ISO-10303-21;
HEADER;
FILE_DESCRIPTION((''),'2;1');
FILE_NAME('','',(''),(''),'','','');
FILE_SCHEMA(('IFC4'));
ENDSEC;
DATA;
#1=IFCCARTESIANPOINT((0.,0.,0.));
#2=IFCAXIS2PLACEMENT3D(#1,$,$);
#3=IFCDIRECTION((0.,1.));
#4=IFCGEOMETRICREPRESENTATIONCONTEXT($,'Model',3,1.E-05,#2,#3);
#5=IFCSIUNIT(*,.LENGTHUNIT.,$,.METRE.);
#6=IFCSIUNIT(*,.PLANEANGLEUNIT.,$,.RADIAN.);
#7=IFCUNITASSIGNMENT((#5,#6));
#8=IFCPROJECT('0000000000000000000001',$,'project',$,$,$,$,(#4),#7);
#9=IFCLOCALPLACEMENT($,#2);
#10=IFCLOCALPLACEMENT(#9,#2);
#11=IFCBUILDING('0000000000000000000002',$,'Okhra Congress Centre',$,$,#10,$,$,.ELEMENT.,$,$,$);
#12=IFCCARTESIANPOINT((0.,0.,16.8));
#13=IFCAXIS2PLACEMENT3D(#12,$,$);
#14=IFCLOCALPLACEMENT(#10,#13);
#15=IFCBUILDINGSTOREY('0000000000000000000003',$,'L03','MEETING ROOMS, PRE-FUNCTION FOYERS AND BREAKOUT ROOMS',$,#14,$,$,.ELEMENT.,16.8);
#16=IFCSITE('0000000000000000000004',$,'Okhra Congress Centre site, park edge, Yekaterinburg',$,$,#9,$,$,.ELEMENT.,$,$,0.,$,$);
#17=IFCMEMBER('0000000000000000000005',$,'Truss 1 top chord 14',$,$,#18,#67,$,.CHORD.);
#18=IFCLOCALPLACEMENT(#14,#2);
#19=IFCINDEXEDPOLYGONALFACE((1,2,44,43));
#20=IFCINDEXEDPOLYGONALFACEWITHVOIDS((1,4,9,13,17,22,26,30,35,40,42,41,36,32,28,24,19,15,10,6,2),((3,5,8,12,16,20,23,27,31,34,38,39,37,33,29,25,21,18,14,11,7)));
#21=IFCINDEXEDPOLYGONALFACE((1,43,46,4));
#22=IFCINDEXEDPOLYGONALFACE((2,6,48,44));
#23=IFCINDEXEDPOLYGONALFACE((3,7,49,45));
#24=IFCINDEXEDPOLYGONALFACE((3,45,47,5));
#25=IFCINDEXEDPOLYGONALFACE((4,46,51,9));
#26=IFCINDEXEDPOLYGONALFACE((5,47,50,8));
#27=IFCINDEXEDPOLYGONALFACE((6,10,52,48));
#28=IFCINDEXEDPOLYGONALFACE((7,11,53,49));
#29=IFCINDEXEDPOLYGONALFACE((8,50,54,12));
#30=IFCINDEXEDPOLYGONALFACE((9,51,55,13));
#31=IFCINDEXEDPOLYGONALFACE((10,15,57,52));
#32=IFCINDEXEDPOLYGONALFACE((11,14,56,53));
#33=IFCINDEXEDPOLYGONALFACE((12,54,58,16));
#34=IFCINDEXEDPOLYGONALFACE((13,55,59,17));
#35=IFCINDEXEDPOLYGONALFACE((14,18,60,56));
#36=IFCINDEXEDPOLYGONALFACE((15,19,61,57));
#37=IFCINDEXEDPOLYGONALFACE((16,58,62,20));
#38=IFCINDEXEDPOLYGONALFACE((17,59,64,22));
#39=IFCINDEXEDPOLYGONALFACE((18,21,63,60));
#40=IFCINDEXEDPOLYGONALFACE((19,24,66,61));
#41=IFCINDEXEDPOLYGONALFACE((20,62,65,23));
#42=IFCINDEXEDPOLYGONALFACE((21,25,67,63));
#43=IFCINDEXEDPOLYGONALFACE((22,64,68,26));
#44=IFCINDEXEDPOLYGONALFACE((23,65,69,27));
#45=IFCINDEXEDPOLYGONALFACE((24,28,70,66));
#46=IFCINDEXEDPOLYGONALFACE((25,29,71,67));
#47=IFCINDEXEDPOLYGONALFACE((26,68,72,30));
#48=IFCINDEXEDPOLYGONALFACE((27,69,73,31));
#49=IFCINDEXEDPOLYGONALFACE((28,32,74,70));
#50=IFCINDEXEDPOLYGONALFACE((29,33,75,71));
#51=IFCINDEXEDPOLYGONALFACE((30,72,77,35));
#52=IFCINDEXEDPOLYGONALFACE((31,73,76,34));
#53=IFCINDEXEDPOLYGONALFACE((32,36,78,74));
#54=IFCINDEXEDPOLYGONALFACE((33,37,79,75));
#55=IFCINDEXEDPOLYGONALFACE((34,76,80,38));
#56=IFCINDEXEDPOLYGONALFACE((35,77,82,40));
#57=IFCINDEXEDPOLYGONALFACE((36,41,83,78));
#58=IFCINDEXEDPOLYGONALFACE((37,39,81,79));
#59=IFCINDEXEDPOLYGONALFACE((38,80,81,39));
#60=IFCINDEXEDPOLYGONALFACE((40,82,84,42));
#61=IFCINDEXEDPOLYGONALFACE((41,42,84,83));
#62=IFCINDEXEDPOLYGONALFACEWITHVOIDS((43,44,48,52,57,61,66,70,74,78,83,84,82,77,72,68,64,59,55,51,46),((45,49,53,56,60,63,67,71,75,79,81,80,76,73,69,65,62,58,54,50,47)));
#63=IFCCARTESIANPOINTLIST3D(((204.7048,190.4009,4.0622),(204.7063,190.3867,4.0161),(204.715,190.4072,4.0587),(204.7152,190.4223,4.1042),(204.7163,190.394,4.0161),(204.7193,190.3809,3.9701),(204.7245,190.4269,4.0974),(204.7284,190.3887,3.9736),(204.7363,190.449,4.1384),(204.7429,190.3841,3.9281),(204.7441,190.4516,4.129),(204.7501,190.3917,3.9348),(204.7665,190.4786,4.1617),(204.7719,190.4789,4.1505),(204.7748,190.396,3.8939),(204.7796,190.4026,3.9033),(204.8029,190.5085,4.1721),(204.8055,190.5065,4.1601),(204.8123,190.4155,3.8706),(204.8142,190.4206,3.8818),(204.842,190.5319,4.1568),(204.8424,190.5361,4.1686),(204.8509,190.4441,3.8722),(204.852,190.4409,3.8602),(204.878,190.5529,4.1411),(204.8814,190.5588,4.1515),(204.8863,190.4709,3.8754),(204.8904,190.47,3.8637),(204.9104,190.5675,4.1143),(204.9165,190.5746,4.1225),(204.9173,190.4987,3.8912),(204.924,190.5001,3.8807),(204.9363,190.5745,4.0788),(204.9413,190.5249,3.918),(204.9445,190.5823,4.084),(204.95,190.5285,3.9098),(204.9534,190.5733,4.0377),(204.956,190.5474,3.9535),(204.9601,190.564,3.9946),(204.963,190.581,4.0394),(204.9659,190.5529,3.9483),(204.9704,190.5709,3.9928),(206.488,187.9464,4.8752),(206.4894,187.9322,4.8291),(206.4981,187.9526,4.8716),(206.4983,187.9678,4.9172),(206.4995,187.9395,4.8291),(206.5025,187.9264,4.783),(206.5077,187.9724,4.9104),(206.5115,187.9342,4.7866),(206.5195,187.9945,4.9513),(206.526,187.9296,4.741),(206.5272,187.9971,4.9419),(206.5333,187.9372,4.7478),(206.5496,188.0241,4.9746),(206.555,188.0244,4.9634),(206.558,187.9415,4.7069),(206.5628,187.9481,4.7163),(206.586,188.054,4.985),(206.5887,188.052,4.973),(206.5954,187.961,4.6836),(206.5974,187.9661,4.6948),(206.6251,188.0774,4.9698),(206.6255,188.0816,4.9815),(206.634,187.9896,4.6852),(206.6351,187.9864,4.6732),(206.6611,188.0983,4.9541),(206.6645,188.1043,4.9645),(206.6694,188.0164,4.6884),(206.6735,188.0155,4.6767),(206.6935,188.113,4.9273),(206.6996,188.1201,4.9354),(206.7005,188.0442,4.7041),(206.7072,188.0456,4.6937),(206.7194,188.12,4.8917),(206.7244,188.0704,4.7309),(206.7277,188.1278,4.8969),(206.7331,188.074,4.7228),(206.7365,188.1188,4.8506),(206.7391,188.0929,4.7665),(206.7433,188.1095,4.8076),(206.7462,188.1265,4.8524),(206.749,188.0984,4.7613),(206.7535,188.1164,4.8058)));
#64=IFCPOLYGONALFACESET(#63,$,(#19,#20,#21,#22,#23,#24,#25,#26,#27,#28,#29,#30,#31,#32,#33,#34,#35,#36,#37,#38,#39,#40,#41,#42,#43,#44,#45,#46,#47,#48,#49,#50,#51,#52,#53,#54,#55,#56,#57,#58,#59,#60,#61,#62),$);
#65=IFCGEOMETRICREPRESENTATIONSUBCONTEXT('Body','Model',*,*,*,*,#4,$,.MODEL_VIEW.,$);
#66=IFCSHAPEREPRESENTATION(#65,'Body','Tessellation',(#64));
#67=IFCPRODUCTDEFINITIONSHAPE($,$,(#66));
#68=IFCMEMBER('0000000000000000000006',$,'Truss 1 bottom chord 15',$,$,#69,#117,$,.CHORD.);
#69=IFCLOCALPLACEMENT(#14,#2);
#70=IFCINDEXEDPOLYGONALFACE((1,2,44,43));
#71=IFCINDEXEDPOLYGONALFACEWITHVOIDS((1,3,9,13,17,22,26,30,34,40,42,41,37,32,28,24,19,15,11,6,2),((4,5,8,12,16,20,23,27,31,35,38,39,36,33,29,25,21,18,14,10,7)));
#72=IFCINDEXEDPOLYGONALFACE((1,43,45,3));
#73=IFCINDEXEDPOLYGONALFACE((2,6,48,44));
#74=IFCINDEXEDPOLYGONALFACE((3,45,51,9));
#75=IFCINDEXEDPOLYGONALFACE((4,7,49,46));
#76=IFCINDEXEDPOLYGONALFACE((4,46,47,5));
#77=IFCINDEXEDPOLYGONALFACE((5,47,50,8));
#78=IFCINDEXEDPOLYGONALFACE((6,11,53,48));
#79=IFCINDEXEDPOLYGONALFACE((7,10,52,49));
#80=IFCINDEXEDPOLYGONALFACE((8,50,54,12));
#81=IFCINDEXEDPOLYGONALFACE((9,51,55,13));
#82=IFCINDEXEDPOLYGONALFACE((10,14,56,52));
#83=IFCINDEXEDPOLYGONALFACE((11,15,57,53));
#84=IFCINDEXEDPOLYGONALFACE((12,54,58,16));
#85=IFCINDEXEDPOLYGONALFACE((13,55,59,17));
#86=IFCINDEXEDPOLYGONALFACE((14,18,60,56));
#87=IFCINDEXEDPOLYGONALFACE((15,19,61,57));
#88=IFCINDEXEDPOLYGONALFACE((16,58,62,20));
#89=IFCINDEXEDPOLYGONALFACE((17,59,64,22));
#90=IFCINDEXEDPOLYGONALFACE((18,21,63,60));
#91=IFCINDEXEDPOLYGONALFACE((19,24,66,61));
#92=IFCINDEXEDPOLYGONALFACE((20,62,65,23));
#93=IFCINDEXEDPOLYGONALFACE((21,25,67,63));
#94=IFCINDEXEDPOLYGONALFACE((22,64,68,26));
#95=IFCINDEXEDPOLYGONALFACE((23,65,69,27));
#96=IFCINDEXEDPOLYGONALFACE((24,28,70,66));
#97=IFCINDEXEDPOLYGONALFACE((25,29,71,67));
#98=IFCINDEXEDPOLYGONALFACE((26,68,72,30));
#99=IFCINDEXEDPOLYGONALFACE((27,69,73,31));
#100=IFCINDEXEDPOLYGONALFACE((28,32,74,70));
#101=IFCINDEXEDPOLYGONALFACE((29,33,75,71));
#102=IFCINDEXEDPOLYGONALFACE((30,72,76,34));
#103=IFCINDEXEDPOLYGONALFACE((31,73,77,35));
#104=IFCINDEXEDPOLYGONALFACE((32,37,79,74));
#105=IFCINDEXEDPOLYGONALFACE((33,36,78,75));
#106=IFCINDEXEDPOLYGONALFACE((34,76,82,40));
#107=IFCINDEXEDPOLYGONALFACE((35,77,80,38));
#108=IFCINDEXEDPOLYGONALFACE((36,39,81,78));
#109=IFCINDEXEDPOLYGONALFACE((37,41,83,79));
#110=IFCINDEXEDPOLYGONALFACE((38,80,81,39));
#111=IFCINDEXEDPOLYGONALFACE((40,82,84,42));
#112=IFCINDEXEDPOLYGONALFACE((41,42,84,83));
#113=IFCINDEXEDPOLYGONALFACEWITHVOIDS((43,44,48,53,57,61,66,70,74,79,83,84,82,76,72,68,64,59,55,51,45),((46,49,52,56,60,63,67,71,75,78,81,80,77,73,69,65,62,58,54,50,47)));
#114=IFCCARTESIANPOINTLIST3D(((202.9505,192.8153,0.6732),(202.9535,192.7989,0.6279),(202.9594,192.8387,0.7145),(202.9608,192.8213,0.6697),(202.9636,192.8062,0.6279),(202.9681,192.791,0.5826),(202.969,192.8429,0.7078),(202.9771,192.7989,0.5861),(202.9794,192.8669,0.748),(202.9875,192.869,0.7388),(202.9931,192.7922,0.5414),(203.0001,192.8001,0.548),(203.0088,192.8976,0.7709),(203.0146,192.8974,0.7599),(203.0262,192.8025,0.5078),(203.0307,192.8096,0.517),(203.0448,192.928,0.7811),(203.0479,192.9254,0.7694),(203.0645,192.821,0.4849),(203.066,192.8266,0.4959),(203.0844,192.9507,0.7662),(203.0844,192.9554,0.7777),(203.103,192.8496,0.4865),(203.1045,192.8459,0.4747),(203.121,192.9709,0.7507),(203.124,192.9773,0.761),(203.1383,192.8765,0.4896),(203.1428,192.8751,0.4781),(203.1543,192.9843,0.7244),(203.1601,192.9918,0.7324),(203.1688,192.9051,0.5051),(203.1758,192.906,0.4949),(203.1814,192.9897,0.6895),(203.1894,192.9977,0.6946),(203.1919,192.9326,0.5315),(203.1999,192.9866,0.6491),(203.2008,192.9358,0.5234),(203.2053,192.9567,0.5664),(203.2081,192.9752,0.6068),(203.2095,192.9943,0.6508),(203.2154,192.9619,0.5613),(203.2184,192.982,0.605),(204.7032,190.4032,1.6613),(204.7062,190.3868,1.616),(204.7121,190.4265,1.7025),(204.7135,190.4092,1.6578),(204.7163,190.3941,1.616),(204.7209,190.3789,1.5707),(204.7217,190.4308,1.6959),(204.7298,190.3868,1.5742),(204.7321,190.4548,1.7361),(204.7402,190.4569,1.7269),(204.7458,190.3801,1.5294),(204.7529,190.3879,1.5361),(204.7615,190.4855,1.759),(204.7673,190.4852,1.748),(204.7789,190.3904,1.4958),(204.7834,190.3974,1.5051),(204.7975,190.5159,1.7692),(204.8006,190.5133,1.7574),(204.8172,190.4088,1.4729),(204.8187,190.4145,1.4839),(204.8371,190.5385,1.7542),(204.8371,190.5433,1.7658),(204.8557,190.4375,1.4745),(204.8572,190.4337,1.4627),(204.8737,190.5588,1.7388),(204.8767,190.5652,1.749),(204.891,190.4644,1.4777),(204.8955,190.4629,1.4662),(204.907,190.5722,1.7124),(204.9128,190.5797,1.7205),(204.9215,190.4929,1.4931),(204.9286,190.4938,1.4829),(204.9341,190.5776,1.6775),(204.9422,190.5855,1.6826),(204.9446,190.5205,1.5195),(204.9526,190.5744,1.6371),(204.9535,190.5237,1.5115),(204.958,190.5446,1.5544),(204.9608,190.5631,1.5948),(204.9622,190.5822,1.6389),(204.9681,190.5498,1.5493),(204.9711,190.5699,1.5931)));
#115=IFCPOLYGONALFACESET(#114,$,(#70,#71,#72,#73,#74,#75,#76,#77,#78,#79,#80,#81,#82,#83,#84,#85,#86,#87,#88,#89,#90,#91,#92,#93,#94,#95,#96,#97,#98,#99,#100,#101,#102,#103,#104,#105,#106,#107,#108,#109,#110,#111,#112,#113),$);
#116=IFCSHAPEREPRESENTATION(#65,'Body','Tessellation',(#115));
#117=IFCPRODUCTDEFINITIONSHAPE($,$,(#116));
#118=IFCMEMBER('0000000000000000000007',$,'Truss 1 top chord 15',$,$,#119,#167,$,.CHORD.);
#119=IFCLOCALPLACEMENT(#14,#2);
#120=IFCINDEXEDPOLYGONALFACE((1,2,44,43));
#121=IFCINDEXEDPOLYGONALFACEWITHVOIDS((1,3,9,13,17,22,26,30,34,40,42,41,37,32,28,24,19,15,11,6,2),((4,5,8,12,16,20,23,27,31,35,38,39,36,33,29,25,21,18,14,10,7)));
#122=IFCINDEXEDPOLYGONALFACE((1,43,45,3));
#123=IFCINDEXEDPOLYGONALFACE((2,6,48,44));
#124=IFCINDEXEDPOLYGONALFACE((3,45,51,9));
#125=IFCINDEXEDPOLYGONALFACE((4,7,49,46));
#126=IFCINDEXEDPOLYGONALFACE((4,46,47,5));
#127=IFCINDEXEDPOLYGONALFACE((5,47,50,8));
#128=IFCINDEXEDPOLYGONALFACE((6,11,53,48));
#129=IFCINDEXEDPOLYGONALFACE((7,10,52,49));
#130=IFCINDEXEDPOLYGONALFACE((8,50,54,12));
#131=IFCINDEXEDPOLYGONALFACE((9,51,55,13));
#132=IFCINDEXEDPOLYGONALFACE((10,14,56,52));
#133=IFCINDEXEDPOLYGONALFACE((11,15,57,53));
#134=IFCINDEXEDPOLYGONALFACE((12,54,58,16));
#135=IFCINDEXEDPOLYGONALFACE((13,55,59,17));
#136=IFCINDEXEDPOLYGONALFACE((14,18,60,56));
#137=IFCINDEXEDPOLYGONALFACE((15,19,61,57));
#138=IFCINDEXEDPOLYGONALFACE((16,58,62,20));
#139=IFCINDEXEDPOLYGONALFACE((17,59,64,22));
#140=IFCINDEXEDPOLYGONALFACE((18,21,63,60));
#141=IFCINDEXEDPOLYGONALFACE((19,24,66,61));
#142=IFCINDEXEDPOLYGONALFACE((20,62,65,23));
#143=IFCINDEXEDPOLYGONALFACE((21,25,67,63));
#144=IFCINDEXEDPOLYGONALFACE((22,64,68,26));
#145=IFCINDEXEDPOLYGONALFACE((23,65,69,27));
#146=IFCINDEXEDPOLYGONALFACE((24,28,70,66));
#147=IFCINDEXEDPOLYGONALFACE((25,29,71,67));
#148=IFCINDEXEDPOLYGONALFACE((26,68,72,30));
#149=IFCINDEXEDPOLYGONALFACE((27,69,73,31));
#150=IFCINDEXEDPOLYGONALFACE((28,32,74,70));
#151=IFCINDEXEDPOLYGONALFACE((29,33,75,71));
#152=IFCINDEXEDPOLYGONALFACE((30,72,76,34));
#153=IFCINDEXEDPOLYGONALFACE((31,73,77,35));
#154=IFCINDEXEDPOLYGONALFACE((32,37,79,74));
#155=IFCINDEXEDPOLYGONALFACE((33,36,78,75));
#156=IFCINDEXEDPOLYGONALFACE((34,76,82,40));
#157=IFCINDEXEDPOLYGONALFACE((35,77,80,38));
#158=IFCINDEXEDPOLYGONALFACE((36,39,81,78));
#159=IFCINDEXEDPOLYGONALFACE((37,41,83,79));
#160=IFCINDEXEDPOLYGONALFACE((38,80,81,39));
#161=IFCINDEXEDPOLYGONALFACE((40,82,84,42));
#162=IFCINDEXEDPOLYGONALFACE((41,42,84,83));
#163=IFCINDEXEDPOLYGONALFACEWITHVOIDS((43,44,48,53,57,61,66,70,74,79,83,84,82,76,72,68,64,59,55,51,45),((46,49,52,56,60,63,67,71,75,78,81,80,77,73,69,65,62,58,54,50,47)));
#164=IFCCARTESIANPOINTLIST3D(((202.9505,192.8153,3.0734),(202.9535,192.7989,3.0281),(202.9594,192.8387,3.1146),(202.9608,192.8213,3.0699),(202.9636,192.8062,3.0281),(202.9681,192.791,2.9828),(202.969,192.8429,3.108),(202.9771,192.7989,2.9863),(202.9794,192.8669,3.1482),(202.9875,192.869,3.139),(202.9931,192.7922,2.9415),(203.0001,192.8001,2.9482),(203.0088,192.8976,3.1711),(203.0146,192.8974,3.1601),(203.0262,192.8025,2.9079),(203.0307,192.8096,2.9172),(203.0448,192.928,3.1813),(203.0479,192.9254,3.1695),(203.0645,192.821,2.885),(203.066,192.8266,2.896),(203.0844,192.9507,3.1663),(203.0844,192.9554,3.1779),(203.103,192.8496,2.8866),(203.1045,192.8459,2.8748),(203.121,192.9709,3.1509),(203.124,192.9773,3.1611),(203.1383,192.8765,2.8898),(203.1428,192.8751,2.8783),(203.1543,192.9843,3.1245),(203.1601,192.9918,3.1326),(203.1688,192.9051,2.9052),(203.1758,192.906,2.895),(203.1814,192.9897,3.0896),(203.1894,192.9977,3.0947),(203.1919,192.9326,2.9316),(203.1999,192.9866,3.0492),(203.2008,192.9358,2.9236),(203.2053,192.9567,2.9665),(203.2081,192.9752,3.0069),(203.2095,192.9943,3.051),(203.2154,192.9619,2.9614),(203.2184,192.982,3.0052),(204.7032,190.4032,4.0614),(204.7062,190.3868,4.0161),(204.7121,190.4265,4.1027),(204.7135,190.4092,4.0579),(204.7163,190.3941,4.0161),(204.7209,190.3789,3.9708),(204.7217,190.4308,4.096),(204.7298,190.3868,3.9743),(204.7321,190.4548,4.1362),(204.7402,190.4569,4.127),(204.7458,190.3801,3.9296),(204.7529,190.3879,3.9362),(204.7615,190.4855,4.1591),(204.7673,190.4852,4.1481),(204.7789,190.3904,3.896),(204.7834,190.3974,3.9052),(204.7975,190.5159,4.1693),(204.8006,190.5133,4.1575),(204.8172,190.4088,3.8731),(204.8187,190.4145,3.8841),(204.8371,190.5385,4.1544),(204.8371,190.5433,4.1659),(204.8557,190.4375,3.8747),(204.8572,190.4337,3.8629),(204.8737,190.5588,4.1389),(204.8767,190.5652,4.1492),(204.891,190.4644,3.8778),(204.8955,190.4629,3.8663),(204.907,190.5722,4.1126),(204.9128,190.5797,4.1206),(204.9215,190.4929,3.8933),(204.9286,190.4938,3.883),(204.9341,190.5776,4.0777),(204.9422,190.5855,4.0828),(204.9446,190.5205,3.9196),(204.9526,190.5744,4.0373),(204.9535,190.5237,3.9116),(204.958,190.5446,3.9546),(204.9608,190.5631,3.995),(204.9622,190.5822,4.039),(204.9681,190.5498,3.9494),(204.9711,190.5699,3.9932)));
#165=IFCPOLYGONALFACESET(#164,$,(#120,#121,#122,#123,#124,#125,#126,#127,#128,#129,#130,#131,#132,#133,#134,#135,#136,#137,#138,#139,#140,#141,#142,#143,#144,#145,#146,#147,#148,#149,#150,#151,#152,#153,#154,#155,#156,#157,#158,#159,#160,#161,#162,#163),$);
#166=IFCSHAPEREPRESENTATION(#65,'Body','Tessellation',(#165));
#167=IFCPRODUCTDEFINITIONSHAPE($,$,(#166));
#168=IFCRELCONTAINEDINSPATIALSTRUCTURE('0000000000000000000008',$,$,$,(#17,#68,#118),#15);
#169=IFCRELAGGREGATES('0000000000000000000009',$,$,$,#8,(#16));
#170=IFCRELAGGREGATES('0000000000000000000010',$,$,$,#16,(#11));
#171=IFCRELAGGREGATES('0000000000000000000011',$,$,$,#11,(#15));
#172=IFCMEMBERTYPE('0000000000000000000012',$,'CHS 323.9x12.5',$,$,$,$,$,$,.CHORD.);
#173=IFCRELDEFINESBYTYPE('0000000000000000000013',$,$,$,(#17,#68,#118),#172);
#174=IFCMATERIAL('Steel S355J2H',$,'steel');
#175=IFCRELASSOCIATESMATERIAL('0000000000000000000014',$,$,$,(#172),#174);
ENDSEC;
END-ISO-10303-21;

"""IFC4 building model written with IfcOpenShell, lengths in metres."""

from ifc_helpers import new_model, si_unit, direction, frame, origin, origin_2d, place, context, subcontext, project, spatial, hollow_circle, extrude, material, material_profile, profile_set, type_object, element, save


model = new_model("IFC4")

# Units and contexts
model_context = context("Model", 3, precision=1e-05, world=origin(), true_north=direction((0.0, 1.0)))
body_context = subcontext(model_context, "Body", "Model", "MODEL_VIEW")
ifc_project = project(units=[si_unit("LENGTHUNIT", "METRE"), si_unit("PLANEANGLEUNIT", "RADIAN")], contexts=[model_context])

# Site, building, storey
site_placement = place(None, origin())
site = spatial("IfcSite", under=ifc_project, at=site_placement, Name="Okhra Congress Centre site, park edge, Yekaterinburg", CompositionType="ELEMENT", RefElevation=0.0)
building_placement = place(site_placement, origin())
building = spatial("IfcBuilding", under=site, at=building_placement, Name="Okhra Congress Centre", CompositionType="ELEMENT")
storey_placement = place(building_placement, frame((0.0, 0.0, 16.8)))
storey = spatial("IfcBuildingStorey", under=building, at=storey_placement, Name="L03", Description="MEETING ROOMS, PRE-FUNCTION FOYERS AND BREAKOUT ROOMS", CompositionType="ELEMENT", Elevation=16.8)

# Members
ifc_material_1 = material(Name="Steel S355J2H", Category="steel")
ifc_material_profile_1 = material_profile(ifc_material_1, hollow_circle(Radius=0.1619, WallThickness=0.0125, at=origin_2d()), Name="CHS 323.9x12.5")
ifc_profile_set_1 = profile_set([ifc_material_profile_1], Name="Steel S355J2H")
member_type_1 = type_object("IfcMemberType", Name="CHS 323.9x12.5", PredefinedType="CHORD", material=ifc_profile_set_1)
for number, where, z_axis, x_axis, name in (
    (1, (206.6204, 188.0273, 4.8291), (-0.567721, 0.781472, -0.258832), (-0.809042, -0.587751, 0.0), "Truss 1 top chord 14"),
):
    element("IfcMember", number, at=place(storey_placement, frame(where, z_axis=z_axis, x_axis=x_axis)), inside=storey, type_object=member_type_1, Name=name, PredefinedType="CHORD", context=body_context, shape_type="SweptSolid", body=[
        extrude(hollow_circle(Radius=0.1619, WallThickness=0.0125, at=origin_2d()), origin(), (0.0, 0.0, 1.0), 3.1409),
    ])
for number, where, z_axis, x_axis, name in (
    (2, (204.8372, 190.4819, 1.616), (-0.557988, 0.767923, -0.314553), (-0.808987, -0.587826, 0.0), "Truss 1 bottom chord 15"),
    (3, (204.8372, 190.4819, 4.0161), (-0.557988, 0.767923, -0.314553), (-0.808987, -0.587826, 0.0), "Truss 1 top chord 15"),
):
    element("IfcMember", number, at=place(storey_placement, frame(where, z_axis=z_axis, x_axis=x_axis)), inside=storey, type_object=member_type_1, Name=name, PredefinedType="CHORD", context=body_context, shape_type="SweptSolid", body=[
        extrude(hollow_circle(Radius=0.1619, WallThickness=0.0125, at=origin_2d()), origin(), (0.0, 0.0, 1.0), 3.1411),
    ])

save(model, "model.ifc")
